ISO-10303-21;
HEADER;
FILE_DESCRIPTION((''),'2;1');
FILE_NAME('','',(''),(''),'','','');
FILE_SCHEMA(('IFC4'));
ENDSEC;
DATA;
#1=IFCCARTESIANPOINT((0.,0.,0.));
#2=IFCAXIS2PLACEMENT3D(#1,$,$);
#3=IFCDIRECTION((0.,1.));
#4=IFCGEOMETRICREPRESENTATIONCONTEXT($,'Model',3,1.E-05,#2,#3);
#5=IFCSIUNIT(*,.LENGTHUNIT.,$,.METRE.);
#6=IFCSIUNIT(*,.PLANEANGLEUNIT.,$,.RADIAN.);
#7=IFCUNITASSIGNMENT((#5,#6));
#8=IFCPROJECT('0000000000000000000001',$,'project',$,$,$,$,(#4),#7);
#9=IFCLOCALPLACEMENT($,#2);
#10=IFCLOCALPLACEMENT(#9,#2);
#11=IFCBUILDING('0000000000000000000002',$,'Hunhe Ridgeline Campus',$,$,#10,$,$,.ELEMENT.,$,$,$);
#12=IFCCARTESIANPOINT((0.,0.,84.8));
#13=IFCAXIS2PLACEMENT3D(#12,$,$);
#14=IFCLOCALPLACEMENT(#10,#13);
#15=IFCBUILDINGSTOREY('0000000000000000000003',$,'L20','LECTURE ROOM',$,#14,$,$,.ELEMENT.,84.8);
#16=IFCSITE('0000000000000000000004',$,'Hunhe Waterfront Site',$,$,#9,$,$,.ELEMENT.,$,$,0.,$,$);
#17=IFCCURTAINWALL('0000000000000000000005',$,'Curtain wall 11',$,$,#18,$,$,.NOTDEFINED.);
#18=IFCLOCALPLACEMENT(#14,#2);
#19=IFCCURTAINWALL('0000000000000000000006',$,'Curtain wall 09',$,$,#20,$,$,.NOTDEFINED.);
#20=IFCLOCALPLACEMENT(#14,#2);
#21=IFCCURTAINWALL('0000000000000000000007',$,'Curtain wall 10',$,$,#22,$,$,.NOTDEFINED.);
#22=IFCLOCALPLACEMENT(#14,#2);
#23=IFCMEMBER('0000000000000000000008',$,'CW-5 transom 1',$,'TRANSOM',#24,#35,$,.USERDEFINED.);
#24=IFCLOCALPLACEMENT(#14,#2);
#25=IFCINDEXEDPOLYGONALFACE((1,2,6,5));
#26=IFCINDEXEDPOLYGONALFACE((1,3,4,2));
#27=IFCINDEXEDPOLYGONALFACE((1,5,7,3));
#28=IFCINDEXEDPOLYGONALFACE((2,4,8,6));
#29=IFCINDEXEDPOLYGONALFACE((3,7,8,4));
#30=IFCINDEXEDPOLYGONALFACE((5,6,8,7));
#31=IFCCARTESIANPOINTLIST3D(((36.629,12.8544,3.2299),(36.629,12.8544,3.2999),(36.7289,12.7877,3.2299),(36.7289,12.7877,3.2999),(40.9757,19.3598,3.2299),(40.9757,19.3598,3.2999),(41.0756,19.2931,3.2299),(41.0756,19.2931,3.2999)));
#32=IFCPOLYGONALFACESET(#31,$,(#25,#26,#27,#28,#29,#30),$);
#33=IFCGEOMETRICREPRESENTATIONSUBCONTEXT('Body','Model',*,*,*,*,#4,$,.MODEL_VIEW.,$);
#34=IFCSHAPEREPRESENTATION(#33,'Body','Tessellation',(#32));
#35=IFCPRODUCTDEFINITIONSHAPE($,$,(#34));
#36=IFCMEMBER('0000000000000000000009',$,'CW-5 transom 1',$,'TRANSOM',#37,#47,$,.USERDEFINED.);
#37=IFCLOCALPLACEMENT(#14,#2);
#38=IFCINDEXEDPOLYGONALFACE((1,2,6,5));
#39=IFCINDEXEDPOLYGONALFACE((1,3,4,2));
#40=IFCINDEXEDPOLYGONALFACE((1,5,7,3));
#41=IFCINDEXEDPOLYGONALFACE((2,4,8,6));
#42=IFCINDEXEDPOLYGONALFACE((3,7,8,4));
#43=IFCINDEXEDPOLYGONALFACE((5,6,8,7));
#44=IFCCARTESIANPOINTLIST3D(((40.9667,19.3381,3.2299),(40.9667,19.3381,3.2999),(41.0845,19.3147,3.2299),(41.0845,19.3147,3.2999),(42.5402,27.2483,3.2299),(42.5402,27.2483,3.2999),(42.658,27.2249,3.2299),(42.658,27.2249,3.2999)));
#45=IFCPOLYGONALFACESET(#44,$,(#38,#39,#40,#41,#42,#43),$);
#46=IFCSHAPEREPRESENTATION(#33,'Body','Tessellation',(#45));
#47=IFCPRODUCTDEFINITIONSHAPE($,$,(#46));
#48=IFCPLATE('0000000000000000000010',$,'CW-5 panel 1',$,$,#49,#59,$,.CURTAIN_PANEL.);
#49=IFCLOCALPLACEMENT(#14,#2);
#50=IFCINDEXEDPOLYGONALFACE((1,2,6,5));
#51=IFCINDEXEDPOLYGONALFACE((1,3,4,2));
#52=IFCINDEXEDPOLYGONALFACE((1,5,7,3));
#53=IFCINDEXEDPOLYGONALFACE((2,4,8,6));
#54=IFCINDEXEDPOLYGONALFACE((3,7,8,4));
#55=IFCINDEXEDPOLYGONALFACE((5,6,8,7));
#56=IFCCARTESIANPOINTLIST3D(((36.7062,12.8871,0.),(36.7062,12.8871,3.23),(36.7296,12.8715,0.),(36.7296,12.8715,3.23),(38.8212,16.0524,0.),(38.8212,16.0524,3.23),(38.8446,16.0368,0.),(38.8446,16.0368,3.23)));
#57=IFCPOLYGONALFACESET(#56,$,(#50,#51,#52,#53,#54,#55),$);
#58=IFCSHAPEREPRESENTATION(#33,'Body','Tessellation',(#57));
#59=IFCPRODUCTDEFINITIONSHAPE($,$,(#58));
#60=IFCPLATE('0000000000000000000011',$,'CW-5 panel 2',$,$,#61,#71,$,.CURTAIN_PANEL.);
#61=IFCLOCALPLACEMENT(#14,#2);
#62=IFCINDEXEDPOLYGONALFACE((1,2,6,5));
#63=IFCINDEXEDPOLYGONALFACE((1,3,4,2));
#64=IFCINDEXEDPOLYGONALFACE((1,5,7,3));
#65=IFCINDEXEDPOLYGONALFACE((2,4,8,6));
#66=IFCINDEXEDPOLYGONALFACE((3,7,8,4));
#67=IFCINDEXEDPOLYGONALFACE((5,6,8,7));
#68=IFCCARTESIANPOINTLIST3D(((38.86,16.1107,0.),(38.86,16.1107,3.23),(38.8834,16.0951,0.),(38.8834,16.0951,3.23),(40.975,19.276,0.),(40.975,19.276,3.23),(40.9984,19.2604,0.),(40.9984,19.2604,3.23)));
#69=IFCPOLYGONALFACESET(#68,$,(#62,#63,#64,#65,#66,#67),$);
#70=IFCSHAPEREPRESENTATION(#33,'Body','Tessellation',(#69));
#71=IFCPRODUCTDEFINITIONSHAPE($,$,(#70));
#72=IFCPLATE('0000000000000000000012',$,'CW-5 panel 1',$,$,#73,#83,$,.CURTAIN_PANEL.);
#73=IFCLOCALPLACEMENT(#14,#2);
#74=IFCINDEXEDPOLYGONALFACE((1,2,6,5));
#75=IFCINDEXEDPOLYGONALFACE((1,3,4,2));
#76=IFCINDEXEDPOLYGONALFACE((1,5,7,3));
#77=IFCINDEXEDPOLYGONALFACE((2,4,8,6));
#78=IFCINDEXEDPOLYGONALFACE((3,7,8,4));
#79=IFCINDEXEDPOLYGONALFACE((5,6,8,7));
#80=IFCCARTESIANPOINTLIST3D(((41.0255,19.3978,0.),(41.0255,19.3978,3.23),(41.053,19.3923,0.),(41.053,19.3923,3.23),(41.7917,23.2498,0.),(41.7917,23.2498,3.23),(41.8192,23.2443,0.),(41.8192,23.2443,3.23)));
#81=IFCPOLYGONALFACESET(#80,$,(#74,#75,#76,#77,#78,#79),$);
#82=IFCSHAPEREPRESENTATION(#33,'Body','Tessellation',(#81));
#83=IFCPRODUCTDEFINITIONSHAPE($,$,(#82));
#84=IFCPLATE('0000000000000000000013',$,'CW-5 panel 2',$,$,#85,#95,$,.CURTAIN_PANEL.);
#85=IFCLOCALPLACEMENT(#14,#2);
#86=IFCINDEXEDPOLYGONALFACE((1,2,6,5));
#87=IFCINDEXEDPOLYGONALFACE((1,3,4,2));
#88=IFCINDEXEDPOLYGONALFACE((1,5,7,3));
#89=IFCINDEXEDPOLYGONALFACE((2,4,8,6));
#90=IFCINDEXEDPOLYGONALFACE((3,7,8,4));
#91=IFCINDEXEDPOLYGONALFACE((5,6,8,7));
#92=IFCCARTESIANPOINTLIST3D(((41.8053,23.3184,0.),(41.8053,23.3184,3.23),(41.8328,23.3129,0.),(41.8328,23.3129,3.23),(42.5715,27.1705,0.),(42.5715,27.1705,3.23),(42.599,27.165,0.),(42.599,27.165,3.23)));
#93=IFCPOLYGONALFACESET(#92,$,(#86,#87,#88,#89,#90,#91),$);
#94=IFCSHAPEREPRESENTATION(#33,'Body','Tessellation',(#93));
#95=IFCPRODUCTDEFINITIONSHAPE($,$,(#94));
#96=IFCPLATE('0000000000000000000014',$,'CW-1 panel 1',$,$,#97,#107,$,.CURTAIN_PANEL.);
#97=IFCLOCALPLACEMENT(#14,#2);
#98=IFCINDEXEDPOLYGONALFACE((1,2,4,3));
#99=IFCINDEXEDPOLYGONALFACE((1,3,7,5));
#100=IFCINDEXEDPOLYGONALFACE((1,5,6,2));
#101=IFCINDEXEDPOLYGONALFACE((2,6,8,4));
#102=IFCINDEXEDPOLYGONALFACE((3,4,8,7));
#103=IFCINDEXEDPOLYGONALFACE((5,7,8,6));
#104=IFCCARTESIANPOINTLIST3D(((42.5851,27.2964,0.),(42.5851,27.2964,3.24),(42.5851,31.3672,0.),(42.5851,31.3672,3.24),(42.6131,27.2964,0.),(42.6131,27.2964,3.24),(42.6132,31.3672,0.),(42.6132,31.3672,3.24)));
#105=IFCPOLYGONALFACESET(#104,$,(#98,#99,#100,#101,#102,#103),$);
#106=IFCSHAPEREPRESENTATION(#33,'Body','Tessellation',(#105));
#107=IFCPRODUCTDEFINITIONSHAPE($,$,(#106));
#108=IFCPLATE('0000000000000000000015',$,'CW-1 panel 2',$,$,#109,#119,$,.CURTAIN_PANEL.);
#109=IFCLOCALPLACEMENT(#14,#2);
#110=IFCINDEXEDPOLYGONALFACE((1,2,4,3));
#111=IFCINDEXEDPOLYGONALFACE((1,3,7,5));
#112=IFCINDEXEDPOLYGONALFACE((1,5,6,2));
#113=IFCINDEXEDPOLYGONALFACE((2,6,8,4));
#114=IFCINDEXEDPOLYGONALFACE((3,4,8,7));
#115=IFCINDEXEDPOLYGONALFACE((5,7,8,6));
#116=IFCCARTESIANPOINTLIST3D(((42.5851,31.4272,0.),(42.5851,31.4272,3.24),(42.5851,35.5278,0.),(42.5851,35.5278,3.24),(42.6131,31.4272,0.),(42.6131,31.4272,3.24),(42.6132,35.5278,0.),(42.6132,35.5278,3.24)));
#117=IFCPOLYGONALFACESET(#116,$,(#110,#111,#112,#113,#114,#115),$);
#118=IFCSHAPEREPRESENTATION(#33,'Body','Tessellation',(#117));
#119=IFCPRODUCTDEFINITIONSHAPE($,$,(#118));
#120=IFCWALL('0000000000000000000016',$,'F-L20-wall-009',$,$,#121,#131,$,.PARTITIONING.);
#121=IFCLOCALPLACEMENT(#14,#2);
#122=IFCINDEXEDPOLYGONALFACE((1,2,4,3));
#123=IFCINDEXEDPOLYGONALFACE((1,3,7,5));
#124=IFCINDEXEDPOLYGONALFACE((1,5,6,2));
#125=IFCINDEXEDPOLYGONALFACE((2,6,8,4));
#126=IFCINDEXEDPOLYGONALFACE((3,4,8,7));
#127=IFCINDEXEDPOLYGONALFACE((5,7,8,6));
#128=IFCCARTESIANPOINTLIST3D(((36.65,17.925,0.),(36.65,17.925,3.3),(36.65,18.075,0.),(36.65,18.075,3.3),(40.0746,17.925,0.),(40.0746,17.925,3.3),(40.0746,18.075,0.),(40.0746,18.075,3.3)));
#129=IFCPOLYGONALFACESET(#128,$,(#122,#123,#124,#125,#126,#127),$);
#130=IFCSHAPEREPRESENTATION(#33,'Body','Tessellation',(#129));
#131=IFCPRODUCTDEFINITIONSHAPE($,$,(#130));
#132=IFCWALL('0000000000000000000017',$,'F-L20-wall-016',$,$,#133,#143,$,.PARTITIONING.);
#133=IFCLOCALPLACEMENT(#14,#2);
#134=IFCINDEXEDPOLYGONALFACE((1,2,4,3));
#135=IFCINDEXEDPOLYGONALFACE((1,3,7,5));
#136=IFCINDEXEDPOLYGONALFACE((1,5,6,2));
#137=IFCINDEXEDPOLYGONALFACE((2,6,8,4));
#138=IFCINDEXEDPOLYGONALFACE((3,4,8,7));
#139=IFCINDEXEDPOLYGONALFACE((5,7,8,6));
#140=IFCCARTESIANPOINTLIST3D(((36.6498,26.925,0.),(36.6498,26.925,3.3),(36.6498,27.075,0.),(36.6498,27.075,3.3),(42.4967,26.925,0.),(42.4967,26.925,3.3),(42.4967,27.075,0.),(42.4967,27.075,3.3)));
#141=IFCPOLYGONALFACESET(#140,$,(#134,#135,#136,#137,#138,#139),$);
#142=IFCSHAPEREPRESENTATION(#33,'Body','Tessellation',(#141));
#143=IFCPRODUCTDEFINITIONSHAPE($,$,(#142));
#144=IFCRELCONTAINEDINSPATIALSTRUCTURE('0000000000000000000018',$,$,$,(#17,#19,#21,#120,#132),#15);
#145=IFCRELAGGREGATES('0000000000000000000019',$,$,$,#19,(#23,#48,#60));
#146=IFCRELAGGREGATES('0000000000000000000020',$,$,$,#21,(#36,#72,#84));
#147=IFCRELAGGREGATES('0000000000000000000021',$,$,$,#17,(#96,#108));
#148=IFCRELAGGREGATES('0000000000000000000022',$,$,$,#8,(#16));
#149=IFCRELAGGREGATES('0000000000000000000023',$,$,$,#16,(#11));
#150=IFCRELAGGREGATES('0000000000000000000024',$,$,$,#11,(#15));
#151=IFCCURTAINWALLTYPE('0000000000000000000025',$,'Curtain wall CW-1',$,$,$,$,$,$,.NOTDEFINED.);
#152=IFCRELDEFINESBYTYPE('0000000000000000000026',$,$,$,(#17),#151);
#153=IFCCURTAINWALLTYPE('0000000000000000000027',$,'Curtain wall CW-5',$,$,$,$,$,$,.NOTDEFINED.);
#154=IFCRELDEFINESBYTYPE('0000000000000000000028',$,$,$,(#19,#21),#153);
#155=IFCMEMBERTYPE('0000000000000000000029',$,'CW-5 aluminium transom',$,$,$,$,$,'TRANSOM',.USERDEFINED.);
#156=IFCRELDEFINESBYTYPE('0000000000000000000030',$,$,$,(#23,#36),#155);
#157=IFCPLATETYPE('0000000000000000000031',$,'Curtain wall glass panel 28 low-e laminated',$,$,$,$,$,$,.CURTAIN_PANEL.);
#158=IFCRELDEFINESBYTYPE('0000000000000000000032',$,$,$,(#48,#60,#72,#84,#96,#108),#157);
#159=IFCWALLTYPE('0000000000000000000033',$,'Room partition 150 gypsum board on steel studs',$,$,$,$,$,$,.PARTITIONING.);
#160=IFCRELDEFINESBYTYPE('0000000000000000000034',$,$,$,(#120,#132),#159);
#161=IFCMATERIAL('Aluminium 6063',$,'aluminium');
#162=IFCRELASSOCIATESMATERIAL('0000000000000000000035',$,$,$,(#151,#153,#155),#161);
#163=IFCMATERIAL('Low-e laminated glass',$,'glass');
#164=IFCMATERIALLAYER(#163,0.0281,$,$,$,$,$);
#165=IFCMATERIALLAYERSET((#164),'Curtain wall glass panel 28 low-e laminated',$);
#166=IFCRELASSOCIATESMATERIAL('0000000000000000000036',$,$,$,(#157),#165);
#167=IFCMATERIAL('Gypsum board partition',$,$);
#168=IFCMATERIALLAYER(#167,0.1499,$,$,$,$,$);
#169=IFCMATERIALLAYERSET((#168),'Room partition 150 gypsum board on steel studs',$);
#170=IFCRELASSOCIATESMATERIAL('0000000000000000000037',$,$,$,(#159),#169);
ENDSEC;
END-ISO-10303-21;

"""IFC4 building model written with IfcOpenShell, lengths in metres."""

from ifc_helpers import new_model, si_unit, direction, frame, frame_2d, origin, origin_2d, place, context, subcontext, project, spatial, rectangle, extrude, material, layer, layer_set, material_profile, profile_set, type_object, element, aggregate, save


model = new_model("IFC4")

# Units and contexts
model_context = context("Model", 3, precision=1e-05, world=origin(), true_north=direction((0.0, 1.0)))
body_context = subcontext(model_context, "Body", "Model", "MODEL_VIEW")
ifc_project = project(units=[si_unit("LENGTHUNIT", "METRE"), si_unit("PLANEANGLEUNIT", "RADIAN")], contexts=[model_context])

# Site, building, storey
site_placement = place(None, origin())
site = spatial("IfcSite", under=ifc_project, at=site_placement, Name="Hunhe Waterfront Site", CompositionType="ELEMENT", RefElevation=0.0)
building_placement = place(site_placement, origin())
building = spatial("IfcBuilding", under=site, at=building_placement, Name="Hunhe Ridgeline Campus", CompositionType="ELEMENT")
storey_placement = place(building_placement, frame((0.0, 0.0, 84.8)))
storey = spatial("IfcBuildingStorey", under=building, at=storey_placement, Name="L20", Description="LECTURE ROOM", CompositionType="ELEMENT", Elevation=84.8)

# Curtain wall
ifc_material_1 = material(Name="Aluminium 6063", Category="aluminium")
curtain_wall_type_1 = type_object("IfcCurtainWallType", Name="Curtain wall CW-1", PredefinedType="NOTDEFINED", material=ifc_material_1)
curtain_wall_1_placement = place(storey_placement, origin())
curtain_wall_1 = element("IfcCurtainWall", 1, at=curtain_wall_1_placement, inside=storey, type_object=curtain_wall_type_1, Name="Curtain wall 11", PredefinedType="NOTDEFINED")

# Shared definitions
curtain_wall_type_2 = type_object("IfcCurtainWallType", Name="Curtain wall CW-5", PredefinedType="NOTDEFINED", material=ifc_material_1)

# Curtain walls
curtain_wall_2_placement = place(storey_placement, origin())
curtain_wall_2 = element("IfcCurtainWall", 2, at=curtain_wall_2_placement, inside=storey, type_object=curtain_wall_type_2, Name="Curtain wall 09", PredefinedType="NOTDEFINED")
curtain_wall_3_placement = place(storey_placement, origin())
curtain_wall_3 = element("IfcCurtainWall", 3, at=curtain_wall_3_placement, inside=storey, type_object=curtain_wall_type_2, Name="Curtain wall 10", PredefinedType="NOTDEFINED")

# Members
ifc_material_profile_1 = material_profile(ifc_material_1, rectangle(XDim=0.1201, YDim=0.0701, at=origin_2d()))
ifc_profile_set_1 = profile_set([ifc_material_profile_1], Name="Aluminium 6063")
member_type_1 = type_object("IfcMemberType", Name="CW-5 aluminium transom", ElementType="TRANSOM", PredefinedType="USERDEFINED", material=ifc_profile_set_1)
member_1_placement = place(storey_placement, frame((36.679, 12.821, 3.2649), z_axis=(0.555564, 0.831474, 0.0), x_axis=(-0.831474, 0.555564, 0.0)))
member_1 = element("IfcMember", 4, at=member_1_placement, type_object=member_type_1, Name="CW-5 transom 1", ObjectType="TRANSOM", PredefinedType="USERDEFINED", context=body_context, shape_type="SweptSolid", body=[
    extrude(rectangle(XDim=0.1201, YDim=0.0701, at=origin_2d()), origin(), (0.0, 0.0, 1.0), 7.824),
])
member_2_placement = place(storey_placement, frame((41.0256, 19.3264, 3.2649), z_axis=(0.195097, 0.980784, 0.0), x_axis=(-0.980784, 0.195097, 0.0)))
member_2 = element("IfcMember", 5, at=member_2_placement, type_object=member_type_1, Name="CW-5 transom 1", ObjectType="TRANSOM", PredefinedType="USERDEFINED", context=body_context, shape_type="SweptSolid", body=[
    extrude(rectangle(XDim=0.1201, YDim=0.0701, at=origin_2d()), origin(), (0.0, 0.0, 1.0), 8.0652),
])

# Plates
ifc_material_2 = material(Name="Low-e laminated glass", Category="glass")
ifc_layer_1 = layer(ifc_material_2, 0.0281)
ifc_layer_set_1 = layer_set([ifc_layer_1], Name="Curtain wall glass panel 28 low-e laminated")
plate_type = type_object("IfcPlateType", Name="Curtain wall glass panel 28 low-e laminated", PredefinedType="CURTAIN_PANEL", material=ifc_layer_set_1)
plate_1_placement = place(storey_placement, frame((37.7754, 14.4619, 0.0), z_axis=(0.0, 0.0, 1.0), x_axis=(0.55557, 0.83147, 0.0)))
plate_1 = element("IfcPlate", 6, at=plate_1_placement, type_object=plate_type, Name="CW-5 panel 1", PredefinedType="CURTAIN_PANEL", context=body_context, shape_type="SweptSolid", body=[
    extrude(rectangle(XDim=3.8069, YDim=0.0281, at=origin_2d()), origin(), (0.0, 0.0, 1.0), 3.23),
])
plate_2_placement = place(storey_placement, frame((39.9292, 17.6855, 0.0), z_axis=(0.0, 0.0, 1.0), x_axis=(0.55557, 0.83147, 0.0)))
plate_2 = element("IfcPlate", 7, at=plate_2_placement, type_object=plate_type, Name="CW-5 panel 2", PredefinedType="CURTAIN_PANEL", context=body_context, shape_type="SweptSolid", body=[
    extrude(rectangle(XDim=3.8069, YDim=0.0281, at=origin_2d()), origin(), (0.0, 0.0, 1.0), 3.23),
])
aggregate(curtain_wall_2, [member_1, plate_1, plate_2])
plate_3_placement = place(storey_placement, frame((41.4224, 21.321, 0.0), z_axis=(0.0, 0.0, 1.0), x_axis=(0.19509, 0.980785, 0.0)))
plate_3 = element("IfcPlate", 8, at=plate_3_placement, type_object=plate_type, Name="CW-5 panel 1", PredefinedType="CURTAIN_PANEL", context=body_context, shape_type="SweptSolid", body=[
    extrude(rectangle(XDim=3.9275, YDim=0.0281, at=origin_2d()), origin(), (0.0, 0.0, 1.0), 3.23),
])
plate_4_placement = place(storey_placement, frame((42.2021, 25.2417, 0.0), z_axis=(0.0, 0.0, 1.0), x_axis=(0.19509, 0.980785, 0.0)))
plate_4 = element("IfcPlate", 9, at=plate_4_placement, type_object=plate_type, Name="CW-5 panel 2", PredefinedType="CURTAIN_PANEL", context=body_context, shape_type="SweptSolid", body=[
    extrude(rectangle(XDim=3.9275, YDim=0.0281, at=origin_2d()), origin(), (0.0, 0.0, 1.0), 3.23),
])
aggregate(curtain_wall_3, [member_2, plate_3, plate_4])
plate_5_placement = place(storey_placement, frame((42.5991, 29.3318, 0.0), z_axis=(0.0, 0.0, 1.0), x_axis=(0.000011, 1.0, 0.0)))
plate_5 = element("IfcPlate", 10, at=plate_5_placement, type_object=plate_type, Name="CW-1 panel 1", PredefinedType="CURTAIN_PANEL", context=body_context, shape_type="SweptSolid", body=[
    extrude(rectangle(XDim=4.0708, YDim=0.0281, at=origin_2d()), origin(), (0.0, 0.0, 1.0), 3.24),
])
plate_6_placement = place(storey_placement, frame((42.5991, 33.4775, 0.0), z_axis=(0.0, 0.0, 1.0), x_axis=(0.000011, 1.0, 0.0)))
plate_6 = element("IfcPlate", 11, at=plate_6_placement, type_object=plate_type, Name="CW-1 panel 2", PredefinedType="CURTAIN_PANEL", context=body_context, shape_type="SweptSolid", body=[
    extrude(rectangle(XDim=4.1006, YDim=0.0281, at=origin_2d()), origin(), (0.0, 0.0, 1.0), 3.24),
])
aggregate(curtain_wall_1, [plate_5, plate_6])

# Walls
ifc_material_3 = material(Name="Gypsum board partition")
ifc_layer_2 = layer(ifc_material_3, 0.1499)
ifc_layer_set_2 = layer_set([ifc_layer_2], Name="Room partition 150 gypsum board on steel studs")
wall_type = type_object("IfcWallType", Name="Room partition 150 gypsum board on steel studs", PredefinedType="PARTITIONING", material=ifc_layer_set_2)
wall_1_placement = place(storey_placement, frame((36.6499, 18.0, 0.0), z_axis=(0.0, 0.0, 1.0), x_axis=(1.0, 0.0, 0.0)))
element("IfcWall", 12, at=wall_1_placement, inside=storey, type_object=wall_type, Name="F-L20-wall-009", PredefinedType="PARTITIONING", context=body_context, shape_type="SweptSolid", body=[
    extrude(rectangle(XDim=3.4246, YDim=0.1499, at=frame_2d((1.7124, 0.0))), origin(), (0.0, 0.0, 1.0), 3.3),
])
wall_2_placement = place(storey_placement, frame((36.6499, 27.0, 0.0), z_axis=(0.0, 0.0, 1.0), x_axis=(1.0, 0.0, 0.0)))
element("IfcWall", 13, at=wall_2_placement, inside=storey, type_object=wall_type, Name="F-L20-wall-016", PredefinedType="PARTITIONING", context=body_context, shape_type="SweptSolid", body=[
    extrude(rectangle(XDim=5.8469, YDim=0.1499, at=frame_2d((2.9233, 0.0))), origin(), (0.0, 0.0, 1.0), 3.3),
])

save(model, "model.ifc")
